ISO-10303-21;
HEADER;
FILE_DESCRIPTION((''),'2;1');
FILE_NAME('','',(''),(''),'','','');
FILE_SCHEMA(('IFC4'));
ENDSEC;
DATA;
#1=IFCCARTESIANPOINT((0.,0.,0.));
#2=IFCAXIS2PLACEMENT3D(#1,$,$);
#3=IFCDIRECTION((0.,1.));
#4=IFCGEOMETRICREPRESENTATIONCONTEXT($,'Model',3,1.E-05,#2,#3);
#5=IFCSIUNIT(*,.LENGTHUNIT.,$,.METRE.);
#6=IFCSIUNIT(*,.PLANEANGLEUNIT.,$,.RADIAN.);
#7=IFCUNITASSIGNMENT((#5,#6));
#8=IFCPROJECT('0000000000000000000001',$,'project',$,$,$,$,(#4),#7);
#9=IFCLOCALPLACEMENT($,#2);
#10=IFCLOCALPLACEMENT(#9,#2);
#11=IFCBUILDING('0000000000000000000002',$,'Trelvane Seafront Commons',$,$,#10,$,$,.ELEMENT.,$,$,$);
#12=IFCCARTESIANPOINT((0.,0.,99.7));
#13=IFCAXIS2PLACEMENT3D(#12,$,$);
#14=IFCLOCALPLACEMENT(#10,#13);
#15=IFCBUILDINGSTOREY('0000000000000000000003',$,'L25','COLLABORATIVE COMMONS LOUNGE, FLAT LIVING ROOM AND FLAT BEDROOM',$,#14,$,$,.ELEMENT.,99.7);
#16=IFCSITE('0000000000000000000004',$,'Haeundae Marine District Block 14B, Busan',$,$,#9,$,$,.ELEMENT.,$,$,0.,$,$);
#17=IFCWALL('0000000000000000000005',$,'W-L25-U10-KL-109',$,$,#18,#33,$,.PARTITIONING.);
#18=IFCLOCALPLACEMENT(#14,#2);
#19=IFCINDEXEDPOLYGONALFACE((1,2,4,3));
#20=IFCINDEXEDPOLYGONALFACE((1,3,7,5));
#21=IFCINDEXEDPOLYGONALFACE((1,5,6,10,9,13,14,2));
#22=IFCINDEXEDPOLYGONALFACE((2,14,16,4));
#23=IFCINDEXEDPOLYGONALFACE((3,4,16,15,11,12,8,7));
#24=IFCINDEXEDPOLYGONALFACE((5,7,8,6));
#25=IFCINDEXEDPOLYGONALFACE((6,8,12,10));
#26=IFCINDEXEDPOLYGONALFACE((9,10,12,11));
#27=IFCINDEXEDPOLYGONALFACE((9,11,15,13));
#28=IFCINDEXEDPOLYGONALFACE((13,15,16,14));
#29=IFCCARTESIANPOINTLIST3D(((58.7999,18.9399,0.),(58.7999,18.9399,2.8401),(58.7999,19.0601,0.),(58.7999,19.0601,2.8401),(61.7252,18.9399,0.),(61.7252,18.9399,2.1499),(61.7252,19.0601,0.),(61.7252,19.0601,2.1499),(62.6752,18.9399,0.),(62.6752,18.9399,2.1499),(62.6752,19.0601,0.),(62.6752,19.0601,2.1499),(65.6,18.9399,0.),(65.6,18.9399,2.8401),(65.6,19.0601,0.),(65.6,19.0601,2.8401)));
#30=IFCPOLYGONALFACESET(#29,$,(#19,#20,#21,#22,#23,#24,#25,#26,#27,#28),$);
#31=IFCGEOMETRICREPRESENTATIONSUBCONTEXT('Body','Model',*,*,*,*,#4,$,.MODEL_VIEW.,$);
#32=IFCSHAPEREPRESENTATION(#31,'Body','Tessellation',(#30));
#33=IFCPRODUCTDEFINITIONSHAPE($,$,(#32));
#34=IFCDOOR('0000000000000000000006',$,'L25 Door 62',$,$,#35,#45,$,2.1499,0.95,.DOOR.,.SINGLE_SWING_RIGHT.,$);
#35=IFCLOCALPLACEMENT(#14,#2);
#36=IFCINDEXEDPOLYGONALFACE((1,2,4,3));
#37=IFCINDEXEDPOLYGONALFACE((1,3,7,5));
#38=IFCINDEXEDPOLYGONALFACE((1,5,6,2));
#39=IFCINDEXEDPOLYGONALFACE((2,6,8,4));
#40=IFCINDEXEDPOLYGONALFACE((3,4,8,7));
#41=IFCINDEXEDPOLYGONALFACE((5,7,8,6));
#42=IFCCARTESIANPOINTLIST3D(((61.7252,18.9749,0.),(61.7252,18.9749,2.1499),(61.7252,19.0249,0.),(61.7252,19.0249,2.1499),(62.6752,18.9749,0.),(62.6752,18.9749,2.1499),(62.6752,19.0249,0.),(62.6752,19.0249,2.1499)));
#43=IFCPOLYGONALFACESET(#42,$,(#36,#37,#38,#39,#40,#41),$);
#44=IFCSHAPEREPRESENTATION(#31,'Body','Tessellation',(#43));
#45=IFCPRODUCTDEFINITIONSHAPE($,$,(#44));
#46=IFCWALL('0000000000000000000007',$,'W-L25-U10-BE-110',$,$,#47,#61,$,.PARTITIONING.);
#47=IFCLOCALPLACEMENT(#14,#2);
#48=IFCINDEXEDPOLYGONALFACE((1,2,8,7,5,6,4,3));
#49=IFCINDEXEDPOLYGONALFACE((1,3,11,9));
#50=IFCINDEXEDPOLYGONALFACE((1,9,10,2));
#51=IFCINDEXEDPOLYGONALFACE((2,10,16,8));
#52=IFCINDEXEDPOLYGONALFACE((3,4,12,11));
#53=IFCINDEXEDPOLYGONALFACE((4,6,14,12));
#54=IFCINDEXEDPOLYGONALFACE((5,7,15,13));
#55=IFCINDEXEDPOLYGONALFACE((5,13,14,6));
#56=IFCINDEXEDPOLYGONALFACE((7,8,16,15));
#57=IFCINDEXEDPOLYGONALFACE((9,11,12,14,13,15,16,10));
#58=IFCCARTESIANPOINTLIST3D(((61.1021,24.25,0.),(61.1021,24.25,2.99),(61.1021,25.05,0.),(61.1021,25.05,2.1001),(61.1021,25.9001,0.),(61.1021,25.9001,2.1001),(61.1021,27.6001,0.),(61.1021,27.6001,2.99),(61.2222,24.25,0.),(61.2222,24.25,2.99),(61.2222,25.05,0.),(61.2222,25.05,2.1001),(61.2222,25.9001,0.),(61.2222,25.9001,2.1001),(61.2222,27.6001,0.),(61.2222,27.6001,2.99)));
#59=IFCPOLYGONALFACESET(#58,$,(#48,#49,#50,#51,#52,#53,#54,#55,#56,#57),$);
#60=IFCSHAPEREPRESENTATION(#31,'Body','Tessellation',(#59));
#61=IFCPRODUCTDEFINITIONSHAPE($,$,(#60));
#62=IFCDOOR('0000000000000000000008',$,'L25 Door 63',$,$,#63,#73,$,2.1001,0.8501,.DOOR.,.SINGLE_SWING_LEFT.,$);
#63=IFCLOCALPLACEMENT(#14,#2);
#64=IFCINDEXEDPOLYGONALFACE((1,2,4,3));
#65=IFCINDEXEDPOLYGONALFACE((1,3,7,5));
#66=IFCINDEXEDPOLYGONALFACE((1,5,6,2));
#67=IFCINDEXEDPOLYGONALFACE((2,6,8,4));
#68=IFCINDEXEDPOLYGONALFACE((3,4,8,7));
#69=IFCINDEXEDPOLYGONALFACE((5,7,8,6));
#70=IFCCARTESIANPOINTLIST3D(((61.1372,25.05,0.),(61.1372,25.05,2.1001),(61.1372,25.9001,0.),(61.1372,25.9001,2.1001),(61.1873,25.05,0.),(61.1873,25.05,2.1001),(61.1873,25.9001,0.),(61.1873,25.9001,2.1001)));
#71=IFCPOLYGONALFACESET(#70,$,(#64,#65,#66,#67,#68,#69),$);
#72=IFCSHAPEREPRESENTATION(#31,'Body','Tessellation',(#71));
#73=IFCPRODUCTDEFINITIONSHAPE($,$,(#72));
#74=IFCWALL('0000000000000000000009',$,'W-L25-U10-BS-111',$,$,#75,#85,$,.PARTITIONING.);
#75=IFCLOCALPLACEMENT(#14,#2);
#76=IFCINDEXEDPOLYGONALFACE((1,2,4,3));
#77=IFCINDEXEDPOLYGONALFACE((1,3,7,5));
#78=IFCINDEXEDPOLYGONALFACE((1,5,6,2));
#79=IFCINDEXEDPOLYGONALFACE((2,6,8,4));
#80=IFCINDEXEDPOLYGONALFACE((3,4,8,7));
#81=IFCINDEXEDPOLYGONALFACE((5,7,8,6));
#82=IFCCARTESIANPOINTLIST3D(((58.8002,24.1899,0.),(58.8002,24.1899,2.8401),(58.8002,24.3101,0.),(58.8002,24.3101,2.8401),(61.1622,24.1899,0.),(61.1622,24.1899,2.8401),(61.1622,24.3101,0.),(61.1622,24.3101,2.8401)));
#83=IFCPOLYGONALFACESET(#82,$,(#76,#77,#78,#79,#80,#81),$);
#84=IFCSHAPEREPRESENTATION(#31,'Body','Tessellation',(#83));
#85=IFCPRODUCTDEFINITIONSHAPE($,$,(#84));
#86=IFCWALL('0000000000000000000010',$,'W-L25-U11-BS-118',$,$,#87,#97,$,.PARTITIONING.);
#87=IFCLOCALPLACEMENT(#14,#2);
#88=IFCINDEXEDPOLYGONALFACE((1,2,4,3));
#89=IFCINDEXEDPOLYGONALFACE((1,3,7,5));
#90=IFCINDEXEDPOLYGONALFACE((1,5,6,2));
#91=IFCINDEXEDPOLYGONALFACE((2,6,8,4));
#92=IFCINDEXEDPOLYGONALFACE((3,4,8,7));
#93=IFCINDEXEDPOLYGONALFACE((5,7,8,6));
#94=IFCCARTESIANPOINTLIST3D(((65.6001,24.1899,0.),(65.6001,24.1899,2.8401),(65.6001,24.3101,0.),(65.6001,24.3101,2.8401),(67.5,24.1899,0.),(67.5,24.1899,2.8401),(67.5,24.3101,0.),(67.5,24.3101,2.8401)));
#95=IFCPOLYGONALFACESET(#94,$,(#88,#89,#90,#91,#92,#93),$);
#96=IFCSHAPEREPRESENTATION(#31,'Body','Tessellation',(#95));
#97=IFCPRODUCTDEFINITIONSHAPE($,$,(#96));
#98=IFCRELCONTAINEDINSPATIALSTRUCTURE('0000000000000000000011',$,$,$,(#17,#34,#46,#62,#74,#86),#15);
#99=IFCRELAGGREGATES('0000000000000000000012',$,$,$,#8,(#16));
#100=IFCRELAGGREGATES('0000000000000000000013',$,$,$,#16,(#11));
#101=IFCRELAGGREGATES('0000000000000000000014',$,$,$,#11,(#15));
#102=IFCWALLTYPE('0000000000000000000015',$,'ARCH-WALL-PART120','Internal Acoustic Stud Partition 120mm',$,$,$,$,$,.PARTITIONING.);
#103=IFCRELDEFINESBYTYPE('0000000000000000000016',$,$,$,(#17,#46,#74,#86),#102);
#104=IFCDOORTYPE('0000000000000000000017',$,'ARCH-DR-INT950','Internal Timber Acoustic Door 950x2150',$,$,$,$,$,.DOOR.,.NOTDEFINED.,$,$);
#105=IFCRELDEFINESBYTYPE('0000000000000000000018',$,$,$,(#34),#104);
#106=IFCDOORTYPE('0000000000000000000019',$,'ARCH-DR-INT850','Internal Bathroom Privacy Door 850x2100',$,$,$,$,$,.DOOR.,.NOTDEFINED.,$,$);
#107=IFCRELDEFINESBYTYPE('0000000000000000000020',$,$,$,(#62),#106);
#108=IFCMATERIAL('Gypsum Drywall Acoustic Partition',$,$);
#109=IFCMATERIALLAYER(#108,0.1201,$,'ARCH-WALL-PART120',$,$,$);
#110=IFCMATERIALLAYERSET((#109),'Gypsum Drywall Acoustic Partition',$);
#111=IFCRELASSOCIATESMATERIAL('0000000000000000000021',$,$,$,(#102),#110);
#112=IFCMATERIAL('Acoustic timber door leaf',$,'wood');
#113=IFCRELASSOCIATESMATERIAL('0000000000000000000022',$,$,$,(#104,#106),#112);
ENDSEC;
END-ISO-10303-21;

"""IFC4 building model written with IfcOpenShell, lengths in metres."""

from ifc_helpers import new_model, si_unit, direction, frame, frame_2d, origin, place, context, subcontext, project, spatial, rectangle, extrude, source, transform, mapped, material, layer, layer_set, type_object, element, fill, save


model = new_model("IFC4")

# Units and contexts
model_context = context("Model", 3, precision=1e-05, world=origin(), true_north=direction((0.0, 1.0)))
body_context = subcontext(model_context, "Body", "Model", "MODEL_VIEW")
ifc_project = project(units=[si_unit("LENGTHUNIT", "METRE"), si_unit("PLANEANGLEUNIT", "RADIAN")], contexts=[model_context])

# Site, building, storey
site_placement = place(None, origin())
site = spatial("IfcSite", under=ifc_project, at=site_placement, Name="Haeundae Marine District Block 14B, Busan", CompositionType="ELEMENT", RefElevation=0.0)
building_placement = place(site_placement, origin())
building = spatial("IfcBuilding", under=site, at=building_placement, Name="Trelvane Seafront Commons", CompositionType="ELEMENT")
storey_placement = place(building_placement, frame((0.0, 0.0, 99.7)))
storey = spatial("IfcBuildingStorey", under=building, at=storey_placement, Name="L25", Description="COLLABORATIVE COMMONS LOUNGE, FLAT LIVING ROOM AND FLAT BEDROOM", CompositionType="ELEMENT", Elevation=99.7)

# Walls, openings, doors
ifc_material_1 = material(Name="Gypsum Drywall Acoustic Partition")
ifc_layer = layer(ifc_material_1, 0.1201, Name="ARCH-WALL-PART120")
ifc_layer_set = layer_set([ifc_layer], Name="Gypsum Drywall Acoustic Partition")
wall_type = type_object("IfcWallType", Name="ARCH-WALL-PART120", Description="Internal Acoustic Stud Partition 120mm", PredefinedType="PARTITIONING", material=ifc_layer_set)
wall_1_placement = place(storey_placement, frame((58.8, 19.0, 0.0), z_axis=(0.0, 0.0, 1.0), x_axis=(1.0, 0.0, 0.0)))
wall_1 = element("IfcWall", 1, at=wall_1_placement, inside=storey, type_object=wall_type, Name="W-L25-U10-KL-109", PredefinedType="PARTITIONING", context=body_context, shape_type="SweptSolid", body=[
    extrude(rectangle(XDim=6.8, YDim=0.1201, at=frame_2d((3.3999, 0.0))), origin(), (0.0, 0.0, 1.0), 2.8401),
])
opening_1_placement = place(wall_1_placement, frame((2.925, 0.0, 0.0)))
opening_1 = element("IfcOpeningElement", 2, at=opening_1_placement, cuts=wall_1, PredefinedType="OPENING", context=body_context, shape_type="SweptSolid", body=[
    extrude(rectangle(XDim=0.95, YDim=2.1499, at=frame_2d((0.4751, 1.075))), frame((0.0, 0.0701, 0.0), z_axis=(0.0, -1.0, 0.0), x_axis=(1.0, 0.0, 0.0)), (0.0, 0.0, 1.0), 0.1401),
])
ifc_material_2 = material(Name="Acoustic timber door leaf", Category="wood")
door_type_1 = type_object("IfcDoorType", Name="ARCH-DR-INT950", Description="Internal Timber Acoustic Door 950x2150", OperationType="NOTDEFINED", PredefinedType="DOOR", material=ifc_material_2)
shared_shape_1 = source(origin(), body_context, "Body", "SweptSolid", [
    extrude(rectangle(XDim=0.95, YDim=2.1499, at=frame_2d((0.4751, 1.075))), frame((0.0, 0.0249, 0.0), z_axis=(0.0, -1.0, 0.0), x_axis=(1.0, 0.0, 0.0)), (0.0, 0.0, 1.0), 0.05),
])
door_1_placement = place(opening_1_placement, origin())
door_1 = element("IfcDoor", 3, at=door_1_placement, inside=storey, type_object=door_type_1, Name="L25 Door 62", OperationType="SINGLE_SWING_RIGHT", OverallHeight=2.1499, OverallWidth=0.95, PredefinedType="DOOR", context=body_context, shape_type="MappedRepresentation", body=[
    mapped(shared_shape_1, transform((0.0, 0.0, 0.0), x_axis=(1.0, 0.0, 0.0), y_axis=(0.0, 1.0, 0.0), z_axis=(0.0, 0.0, 1.0), scale=1.0)),
])
fill(opening_1, door_1)
wall_2_placement = place(storey_placement, frame((61.1621, 24.25, 0.0), z_axis=(0.0, 0.0, 1.0), x_axis=(0.0, 1.0, 0.0)))
wall_2 = element("IfcWall", 4, at=wall_2_placement, inside=storey, type_object=wall_type, Name="W-L25-U10-BE-110", PredefinedType="PARTITIONING", context=body_context, shape_type="SweptSolid", body=[
    extrude(rectangle(XDim=3.3501, YDim=0.1201, at=frame_2d((1.675, 0.0))), origin(), (0.0, 0.0, 1.0), 2.99),
])
opening_2_placement = place(wall_2_placement, frame((0.8, 0.0, 0.0)))
opening_2 = element("IfcOpeningElement", 5, at=opening_2_placement, cuts=wall_2, PredefinedType="OPENING", context=body_context, shape_type="SweptSolid", body=[
    extrude(rectangle(XDim=0.8501, YDim=2.1001, at=frame_2d((0.425, 1.05))), frame((0.0, 0.0701, 0.0), z_axis=(0.0, -1.0, 0.0), x_axis=(1.0, 0.0, 0.0)), (0.0, 0.0, 1.0), 0.1401),
])
door_type_2 = type_object("IfcDoorType", Name="ARCH-DR-INT850", Description="Internal Bathroom Privacy Door 850x2100", OperationType="NOTDEFINED", PredefinedType="DOOR", material=ifc_material_2)
shared_shape_2 = source(origin(), body_context, "Body", "SweptSolid", [
    extrude(rectangle(XDim=0.8501, YDim=2.1001, at=frame_2d((0.425, 1.05))), frame((0.0, 0.0249, 0.0), z_axis=(0.0, -1.0, 0.0), x_axis=(1.0, 0.0, 0.0)), (0.0, 0.0, 1.0), 0.05),
])
door_2_placement = place(opening_2_placement, origin())
door_2 = element("IfcDoor", 6, at=door_2_placement, inside=storey, type_object=door_type_2, Name="L25 Door 63", OperationType="SINGLE_SWING_LEFT", OverallHeight=2.1001, OverallWidth=0.8501, PredefinedType="DOOR", context=body_context, shape_type="MappedRepresentation", body=[
    mapped(shared_shape_2, transform((0.0, 0.0, 0.0), x_axis=(1.0, 0.0, 0.0), y_axis=(0.0, 1.0, 0.0), z_axis=(0.0, 0.0, 1.0), scale=1.0)),
])
fill(opening_2, door_2)

# Wall
wall_3_placement = place(storey_placement, frame((58.8, 24.25, 0.0), z_axis=(0.0, 0.0, 1.0), x_axis=(1.0, 0.0, 0.0)))
element("IfcWall", 7, at=wall_3_placement, inside=storey, type_object=wall_type, Name="W-L25-U10-BS-111", PredefinedType="PARTITIONING", context=body_context, shape_type="SweptSolid", body=[
    extrude(rectangle(XDim=2.3621, YDim=0.1201, at=frame_2d((1.1812, 0.0))), origin(), (0.0, 0.0, 1.0), 2.8401),
])

# Wall
wall_4_placement = place(storey_placement, frame((65.6001, 24.25, 0.0), z_axis=(0.0, 0.0, 1.0), x_axis=(1.0, 0.0, 0.0)))
element("IfcWall", 8, at=wall_4_placement, inside=storey, type_object=wall_type, Name="W-L25-U11-BS-118", PredefinedType="PARTITIONING", context=body_context, shape_type="SweptSolid", body=[
    extrude(rectangle(XDim=1.8999, YDim=0.1201, at=frame_2d((0.95, 0.0))), origin(), (0.0, 0.0, 1.0), 2.8401),
])

save(model, "model.ifc")
